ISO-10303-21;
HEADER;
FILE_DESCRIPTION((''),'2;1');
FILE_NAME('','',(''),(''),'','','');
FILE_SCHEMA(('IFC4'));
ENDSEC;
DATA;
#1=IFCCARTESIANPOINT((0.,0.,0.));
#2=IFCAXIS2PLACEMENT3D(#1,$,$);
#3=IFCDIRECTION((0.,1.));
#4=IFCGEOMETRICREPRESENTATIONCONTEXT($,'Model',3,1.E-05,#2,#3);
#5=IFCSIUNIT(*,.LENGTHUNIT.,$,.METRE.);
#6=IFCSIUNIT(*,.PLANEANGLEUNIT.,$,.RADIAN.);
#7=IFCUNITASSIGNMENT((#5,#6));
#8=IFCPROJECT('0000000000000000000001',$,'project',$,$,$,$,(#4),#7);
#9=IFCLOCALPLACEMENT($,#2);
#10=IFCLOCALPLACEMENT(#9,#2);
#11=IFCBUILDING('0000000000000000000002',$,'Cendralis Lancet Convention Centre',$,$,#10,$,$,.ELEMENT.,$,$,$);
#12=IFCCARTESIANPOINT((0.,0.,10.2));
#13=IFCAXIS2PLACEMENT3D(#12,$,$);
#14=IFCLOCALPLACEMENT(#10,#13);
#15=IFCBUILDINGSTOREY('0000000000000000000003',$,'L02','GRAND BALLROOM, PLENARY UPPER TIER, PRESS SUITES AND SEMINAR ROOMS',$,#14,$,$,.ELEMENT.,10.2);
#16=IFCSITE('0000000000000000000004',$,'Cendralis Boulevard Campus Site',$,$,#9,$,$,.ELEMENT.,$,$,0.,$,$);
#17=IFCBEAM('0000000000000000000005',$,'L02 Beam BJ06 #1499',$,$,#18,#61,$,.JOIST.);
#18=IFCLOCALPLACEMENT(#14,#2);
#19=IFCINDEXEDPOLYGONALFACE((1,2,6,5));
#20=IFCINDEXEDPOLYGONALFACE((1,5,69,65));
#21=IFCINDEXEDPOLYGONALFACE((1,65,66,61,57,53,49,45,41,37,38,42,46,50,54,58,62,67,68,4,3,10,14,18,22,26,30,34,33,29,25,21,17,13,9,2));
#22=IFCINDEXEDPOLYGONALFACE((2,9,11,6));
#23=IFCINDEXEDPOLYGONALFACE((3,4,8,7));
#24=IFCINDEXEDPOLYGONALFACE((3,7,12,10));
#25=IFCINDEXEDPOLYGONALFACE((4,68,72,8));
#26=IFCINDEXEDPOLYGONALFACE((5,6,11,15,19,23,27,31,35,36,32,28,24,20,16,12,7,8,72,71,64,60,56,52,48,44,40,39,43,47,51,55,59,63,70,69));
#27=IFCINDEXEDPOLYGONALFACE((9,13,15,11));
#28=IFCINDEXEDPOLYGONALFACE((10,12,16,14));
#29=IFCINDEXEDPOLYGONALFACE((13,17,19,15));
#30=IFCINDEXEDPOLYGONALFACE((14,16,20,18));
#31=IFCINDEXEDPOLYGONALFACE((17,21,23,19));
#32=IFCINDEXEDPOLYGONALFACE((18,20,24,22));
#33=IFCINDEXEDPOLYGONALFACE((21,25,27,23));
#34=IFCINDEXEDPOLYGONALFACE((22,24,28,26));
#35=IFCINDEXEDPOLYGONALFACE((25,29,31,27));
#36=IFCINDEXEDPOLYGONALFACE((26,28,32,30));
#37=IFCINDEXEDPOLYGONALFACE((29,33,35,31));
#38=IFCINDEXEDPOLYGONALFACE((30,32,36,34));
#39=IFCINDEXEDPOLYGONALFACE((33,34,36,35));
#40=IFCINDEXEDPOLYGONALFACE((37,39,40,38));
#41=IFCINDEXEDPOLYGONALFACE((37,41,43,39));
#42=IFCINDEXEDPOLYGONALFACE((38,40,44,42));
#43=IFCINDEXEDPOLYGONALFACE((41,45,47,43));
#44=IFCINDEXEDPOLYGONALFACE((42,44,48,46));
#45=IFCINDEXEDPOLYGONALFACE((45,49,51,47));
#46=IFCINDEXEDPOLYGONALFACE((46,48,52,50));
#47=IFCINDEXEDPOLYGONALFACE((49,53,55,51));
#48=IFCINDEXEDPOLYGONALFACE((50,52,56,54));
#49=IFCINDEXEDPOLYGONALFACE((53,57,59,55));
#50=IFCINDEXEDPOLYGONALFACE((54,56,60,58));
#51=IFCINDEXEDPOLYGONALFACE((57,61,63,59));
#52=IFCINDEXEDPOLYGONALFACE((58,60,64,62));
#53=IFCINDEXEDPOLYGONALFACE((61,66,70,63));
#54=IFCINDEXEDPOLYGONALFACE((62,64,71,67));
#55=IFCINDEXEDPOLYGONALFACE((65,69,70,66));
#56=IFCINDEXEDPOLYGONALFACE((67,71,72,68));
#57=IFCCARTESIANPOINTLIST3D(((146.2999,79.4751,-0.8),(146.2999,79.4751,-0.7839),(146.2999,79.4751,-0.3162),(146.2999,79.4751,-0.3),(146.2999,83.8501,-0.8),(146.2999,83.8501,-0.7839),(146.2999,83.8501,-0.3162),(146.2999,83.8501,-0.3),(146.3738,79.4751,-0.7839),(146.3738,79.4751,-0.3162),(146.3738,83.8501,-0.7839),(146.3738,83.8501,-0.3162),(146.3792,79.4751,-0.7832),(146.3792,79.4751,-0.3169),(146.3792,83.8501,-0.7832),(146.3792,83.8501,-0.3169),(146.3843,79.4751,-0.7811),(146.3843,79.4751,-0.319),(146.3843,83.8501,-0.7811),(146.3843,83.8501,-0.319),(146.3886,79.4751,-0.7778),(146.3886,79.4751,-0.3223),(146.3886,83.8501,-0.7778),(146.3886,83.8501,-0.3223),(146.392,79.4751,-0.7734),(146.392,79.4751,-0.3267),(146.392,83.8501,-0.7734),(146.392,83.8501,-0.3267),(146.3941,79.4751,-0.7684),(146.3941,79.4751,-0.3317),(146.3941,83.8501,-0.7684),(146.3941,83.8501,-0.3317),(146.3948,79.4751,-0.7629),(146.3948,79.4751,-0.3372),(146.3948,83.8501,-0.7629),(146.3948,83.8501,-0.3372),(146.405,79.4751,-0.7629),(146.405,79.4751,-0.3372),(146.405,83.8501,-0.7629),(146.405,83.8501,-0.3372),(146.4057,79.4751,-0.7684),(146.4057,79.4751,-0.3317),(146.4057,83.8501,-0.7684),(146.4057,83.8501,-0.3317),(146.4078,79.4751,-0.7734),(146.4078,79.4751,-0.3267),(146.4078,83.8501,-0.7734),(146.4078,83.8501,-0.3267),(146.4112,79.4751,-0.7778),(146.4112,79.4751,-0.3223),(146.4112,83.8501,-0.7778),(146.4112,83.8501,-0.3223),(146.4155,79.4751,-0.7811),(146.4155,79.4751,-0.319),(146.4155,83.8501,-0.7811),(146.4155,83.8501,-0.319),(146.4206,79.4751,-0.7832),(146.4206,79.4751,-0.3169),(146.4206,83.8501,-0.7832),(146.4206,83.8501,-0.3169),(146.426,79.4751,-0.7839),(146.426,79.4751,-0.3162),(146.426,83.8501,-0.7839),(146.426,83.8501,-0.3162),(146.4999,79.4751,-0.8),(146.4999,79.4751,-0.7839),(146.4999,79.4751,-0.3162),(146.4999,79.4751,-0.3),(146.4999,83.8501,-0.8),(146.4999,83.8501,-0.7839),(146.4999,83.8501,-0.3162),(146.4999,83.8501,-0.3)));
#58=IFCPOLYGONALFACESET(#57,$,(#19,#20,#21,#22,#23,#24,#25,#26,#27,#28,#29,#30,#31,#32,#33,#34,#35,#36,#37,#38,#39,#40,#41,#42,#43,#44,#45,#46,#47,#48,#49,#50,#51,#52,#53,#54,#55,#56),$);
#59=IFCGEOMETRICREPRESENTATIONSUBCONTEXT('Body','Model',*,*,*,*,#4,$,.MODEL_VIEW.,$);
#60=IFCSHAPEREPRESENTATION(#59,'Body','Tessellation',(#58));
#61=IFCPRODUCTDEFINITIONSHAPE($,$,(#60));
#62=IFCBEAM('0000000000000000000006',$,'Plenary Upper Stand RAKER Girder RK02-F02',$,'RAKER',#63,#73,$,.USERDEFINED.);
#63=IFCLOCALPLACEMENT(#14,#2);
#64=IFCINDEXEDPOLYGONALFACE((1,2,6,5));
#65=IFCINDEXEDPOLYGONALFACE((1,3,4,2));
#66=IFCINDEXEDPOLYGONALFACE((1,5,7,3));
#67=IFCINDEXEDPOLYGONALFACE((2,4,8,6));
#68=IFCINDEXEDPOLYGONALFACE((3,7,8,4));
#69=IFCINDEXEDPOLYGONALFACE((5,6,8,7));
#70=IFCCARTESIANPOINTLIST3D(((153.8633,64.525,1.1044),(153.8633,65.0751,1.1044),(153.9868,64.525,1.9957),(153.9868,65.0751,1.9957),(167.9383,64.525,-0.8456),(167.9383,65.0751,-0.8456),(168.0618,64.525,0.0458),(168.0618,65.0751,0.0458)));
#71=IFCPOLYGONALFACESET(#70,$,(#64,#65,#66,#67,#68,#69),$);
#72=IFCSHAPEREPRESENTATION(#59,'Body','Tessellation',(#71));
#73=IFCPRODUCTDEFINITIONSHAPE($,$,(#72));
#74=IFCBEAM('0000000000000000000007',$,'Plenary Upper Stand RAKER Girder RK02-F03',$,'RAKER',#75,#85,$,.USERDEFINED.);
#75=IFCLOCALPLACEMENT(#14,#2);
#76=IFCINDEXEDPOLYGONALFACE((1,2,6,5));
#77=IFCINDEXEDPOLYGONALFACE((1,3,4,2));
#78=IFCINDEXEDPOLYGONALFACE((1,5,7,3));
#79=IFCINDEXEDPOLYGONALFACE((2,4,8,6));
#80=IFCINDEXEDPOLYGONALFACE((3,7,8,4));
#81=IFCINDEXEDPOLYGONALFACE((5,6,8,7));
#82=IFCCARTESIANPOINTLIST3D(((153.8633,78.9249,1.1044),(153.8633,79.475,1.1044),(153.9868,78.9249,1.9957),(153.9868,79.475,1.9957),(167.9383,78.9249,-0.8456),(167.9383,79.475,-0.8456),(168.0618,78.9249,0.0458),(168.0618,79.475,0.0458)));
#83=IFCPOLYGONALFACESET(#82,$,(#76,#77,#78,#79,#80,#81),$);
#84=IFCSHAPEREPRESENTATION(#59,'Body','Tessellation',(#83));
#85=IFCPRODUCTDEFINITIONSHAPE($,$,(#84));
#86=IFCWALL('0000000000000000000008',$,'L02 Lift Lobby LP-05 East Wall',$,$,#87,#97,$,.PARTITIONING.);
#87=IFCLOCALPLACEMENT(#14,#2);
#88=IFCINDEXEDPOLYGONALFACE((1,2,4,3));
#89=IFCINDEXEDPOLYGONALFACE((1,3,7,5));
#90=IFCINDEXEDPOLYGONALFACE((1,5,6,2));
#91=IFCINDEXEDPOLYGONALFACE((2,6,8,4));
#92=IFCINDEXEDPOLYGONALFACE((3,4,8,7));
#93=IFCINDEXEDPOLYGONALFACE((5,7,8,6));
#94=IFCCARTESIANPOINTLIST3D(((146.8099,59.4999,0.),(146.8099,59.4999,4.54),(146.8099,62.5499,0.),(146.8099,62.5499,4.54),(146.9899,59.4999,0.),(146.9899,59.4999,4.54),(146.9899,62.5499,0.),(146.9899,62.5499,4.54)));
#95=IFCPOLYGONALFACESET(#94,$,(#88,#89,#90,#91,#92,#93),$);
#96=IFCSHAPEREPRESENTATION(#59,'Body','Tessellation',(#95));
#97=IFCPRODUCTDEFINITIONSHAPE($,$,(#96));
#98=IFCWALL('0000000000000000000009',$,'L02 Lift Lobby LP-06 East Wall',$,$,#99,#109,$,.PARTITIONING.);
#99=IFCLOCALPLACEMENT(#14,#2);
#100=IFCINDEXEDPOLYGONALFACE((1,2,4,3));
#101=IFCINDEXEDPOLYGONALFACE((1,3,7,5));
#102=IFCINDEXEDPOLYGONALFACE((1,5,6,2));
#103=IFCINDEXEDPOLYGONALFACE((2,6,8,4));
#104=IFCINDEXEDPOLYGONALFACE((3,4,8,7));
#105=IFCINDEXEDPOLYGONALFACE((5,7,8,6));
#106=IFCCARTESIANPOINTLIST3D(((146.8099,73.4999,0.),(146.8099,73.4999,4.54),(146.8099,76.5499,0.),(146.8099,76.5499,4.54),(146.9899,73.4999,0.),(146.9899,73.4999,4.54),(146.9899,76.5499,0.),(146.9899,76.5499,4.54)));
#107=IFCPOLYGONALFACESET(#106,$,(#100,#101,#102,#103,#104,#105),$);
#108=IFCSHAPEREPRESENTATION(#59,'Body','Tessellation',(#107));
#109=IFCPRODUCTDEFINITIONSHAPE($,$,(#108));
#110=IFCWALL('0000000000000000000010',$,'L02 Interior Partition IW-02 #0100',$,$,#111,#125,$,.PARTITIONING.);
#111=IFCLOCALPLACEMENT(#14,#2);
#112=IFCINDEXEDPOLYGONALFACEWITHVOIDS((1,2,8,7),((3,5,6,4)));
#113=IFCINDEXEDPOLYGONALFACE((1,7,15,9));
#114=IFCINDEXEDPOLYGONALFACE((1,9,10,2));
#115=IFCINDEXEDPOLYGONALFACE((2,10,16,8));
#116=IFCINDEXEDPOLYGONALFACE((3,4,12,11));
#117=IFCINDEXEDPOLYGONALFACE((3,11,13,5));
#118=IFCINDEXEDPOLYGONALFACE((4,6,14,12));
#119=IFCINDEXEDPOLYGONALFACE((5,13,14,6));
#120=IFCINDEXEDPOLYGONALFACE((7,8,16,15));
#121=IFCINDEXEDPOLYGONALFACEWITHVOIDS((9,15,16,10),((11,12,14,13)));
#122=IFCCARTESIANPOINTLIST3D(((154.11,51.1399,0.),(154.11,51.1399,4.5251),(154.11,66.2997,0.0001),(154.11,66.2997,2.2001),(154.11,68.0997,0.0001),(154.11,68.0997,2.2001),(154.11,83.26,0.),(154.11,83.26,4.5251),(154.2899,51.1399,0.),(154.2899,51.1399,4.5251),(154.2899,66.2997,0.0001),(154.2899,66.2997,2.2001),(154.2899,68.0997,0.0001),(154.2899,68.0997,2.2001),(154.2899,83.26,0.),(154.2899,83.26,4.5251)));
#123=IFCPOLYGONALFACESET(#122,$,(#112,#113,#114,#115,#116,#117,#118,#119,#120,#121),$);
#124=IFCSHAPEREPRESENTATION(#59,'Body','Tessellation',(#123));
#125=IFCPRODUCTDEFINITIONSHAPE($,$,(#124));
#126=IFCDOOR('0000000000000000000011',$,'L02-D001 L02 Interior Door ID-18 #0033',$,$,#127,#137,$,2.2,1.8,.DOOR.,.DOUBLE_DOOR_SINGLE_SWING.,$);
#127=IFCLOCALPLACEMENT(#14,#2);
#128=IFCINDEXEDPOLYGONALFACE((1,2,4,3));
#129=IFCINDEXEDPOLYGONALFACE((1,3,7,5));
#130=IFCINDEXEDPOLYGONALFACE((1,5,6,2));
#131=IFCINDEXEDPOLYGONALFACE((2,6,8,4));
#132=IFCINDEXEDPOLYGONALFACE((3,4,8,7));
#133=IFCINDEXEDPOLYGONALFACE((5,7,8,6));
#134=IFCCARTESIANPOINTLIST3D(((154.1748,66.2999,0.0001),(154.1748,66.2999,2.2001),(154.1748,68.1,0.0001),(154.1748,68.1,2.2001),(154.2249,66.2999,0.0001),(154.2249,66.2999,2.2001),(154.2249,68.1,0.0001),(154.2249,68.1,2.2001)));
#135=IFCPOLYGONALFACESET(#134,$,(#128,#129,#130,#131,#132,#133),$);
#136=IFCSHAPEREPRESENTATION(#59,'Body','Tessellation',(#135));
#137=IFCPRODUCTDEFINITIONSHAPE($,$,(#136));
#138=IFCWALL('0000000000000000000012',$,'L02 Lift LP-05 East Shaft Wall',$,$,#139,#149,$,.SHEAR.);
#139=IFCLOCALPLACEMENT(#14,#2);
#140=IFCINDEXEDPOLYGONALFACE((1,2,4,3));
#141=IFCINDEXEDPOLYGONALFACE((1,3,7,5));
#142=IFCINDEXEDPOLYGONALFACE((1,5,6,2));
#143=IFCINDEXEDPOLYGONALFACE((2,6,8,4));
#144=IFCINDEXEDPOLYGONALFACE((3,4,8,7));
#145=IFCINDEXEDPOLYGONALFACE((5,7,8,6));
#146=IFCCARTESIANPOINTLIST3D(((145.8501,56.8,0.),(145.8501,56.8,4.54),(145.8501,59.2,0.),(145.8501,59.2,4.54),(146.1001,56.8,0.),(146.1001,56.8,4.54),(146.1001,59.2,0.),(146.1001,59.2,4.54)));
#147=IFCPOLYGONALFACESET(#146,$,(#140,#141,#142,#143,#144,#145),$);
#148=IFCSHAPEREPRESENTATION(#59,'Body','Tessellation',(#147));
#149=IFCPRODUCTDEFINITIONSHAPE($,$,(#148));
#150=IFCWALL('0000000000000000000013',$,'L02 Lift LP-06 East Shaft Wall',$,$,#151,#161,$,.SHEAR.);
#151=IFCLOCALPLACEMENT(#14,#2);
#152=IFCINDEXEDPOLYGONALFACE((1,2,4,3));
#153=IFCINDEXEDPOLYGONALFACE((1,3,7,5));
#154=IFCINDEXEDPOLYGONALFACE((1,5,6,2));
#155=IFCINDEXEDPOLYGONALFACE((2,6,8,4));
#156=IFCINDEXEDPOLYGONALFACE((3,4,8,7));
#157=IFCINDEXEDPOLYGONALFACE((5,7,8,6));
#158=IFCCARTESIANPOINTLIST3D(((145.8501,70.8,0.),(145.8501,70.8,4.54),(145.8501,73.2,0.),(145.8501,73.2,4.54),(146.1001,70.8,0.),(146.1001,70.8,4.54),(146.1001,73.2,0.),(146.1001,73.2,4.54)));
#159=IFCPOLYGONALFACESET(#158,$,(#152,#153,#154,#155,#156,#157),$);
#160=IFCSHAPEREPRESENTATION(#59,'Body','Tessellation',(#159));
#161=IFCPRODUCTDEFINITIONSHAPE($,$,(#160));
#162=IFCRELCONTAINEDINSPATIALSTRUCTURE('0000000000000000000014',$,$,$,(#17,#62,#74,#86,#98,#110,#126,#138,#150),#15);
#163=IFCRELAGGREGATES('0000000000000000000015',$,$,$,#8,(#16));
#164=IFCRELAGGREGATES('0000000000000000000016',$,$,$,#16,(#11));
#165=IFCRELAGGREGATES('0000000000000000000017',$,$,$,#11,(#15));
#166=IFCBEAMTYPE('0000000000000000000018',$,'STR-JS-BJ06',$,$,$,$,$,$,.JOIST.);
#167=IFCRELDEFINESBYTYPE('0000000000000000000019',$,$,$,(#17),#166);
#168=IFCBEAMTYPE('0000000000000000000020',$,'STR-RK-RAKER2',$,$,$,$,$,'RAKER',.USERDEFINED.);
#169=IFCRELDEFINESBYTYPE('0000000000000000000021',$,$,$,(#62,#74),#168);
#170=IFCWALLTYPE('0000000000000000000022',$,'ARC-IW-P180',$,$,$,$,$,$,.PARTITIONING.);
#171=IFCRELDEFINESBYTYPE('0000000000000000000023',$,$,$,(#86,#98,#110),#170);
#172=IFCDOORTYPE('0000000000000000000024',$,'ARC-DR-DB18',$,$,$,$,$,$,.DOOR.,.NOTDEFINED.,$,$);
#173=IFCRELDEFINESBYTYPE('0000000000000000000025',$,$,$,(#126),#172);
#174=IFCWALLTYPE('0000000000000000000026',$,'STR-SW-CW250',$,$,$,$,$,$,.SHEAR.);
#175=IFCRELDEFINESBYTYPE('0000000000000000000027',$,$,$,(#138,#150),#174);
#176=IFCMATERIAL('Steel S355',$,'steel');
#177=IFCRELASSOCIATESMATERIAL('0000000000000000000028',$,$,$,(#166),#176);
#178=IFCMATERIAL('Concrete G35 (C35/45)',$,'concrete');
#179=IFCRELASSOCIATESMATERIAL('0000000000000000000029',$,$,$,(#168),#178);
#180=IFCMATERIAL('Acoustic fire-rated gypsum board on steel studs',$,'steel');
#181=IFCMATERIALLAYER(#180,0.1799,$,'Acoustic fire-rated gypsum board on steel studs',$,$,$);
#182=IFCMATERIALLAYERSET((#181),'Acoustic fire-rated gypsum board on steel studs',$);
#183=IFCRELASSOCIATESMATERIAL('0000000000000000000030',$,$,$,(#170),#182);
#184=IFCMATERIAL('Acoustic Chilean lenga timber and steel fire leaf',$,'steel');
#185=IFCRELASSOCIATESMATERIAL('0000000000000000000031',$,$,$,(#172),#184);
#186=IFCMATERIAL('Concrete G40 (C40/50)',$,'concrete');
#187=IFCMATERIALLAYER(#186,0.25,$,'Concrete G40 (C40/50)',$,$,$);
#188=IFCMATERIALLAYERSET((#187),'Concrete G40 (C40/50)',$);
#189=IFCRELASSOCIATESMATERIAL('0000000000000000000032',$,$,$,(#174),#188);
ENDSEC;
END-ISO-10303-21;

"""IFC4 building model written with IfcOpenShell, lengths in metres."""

from ifc_helpers import new_model, si_unit, direction, frame, frame_2d, origin, origin_2d, place, context, subcontext, project, spatial, rectangle, i_section, extrude, material, layer, layer_set, material_profile, profile_set, type_object, element, fill, save


model = new_model("IFC4")

# Units and contexts
model_context = context("Model", 3, precision=1e-05, world=origin(), true_north=direction((0.0, 1.0)))
body_context = subcontext(model_context, "Body", "Model", "MODEL_VIEW")
ifc_project = project(units=[si_unit("LENGTHUNIT", "METRE"), si_unit("PLANEANGLEUNIT", "RADIAN")], contexts=[model_context])

# Site, building, storey
site_placement = place(None, origin())
site = spatial("IfcSite", under=ifc_project, at=site_placement, Name="Cendralis Boulevard Campus Site", CompositionType="ELEMENT", RefElevation=0.0)
building_placement = place(site_placement, origin())
building = spatial("IfcBuilding", under=site, at=building_placement, Name="Cendralis Lancet Convention Centre", CompositionType="ELEMENT")
storey_placement = place(building_placement, frame((0.0, 0.0, 10.2)))
storey = spatial("IfcBuildingStorey", under=building, at=storey_placement, Name="L02", Description="GRAND BALLROOM, PLENARY UPPER TIER, PRESS SUITES AND SEMINAR ROOMS", CompositionType="ELEMENT", Elevation=10.2)

# Shared definitions
ifc_material_1 = material(Name="Steel S355", Category="steel")

# Beams
ifc_material_profile_1 = material_profile(ifc_material_1, i_section(OverallWidth=0.2, OverallDepth=0.5, WebThickness=0.0103, FlangeThickness=0.0161, FilletRadius=0.021, at=origin_2d()), Name="IPE 500")
ifc_profile_set_1 = profile_set([ifc_material_profile_1], Name="Steel S355")
beam_type_1 = type_object("IfcBeamType", Name="STR-JS-BJ06", PredefinedType="JOIST", material=ifc_profile_set_1)
beam_1_placement = place(storey_placement, frame((146.3999, 79.4751, -0.55), z_axis=(0.0, 1.0, 0.0), x_axis=(-1.0, 0.0, 0.0)))
element("IfcBeam", 1, at=beam_1_placement, inside=storey, type_object=beam_type_1, Name="L02 Beam BJ06 #1499", PredefinedType="JOIST", context=body_context, shape_type="SweptSolid", body=[
    extrude(i_section(OverallWidth=0.2, OverallDepth=0.5, WebThickness=0.0103, FlangeThickness=0.0161, FilletRadius=0.021, at=origin_2d()), origin(), (0.0, 0.0, 1.0), 4.375),
])
ifc_material_2 = material(Name="Concrete G35 (C35/45)", Category="concrete")
ifc_material_profile_2 = material_profile(ifc_material_2, rectangle(XDim=0.55, YDim=0.8999, at=origin_2d()), Name="RCB 550x900")
ifc_profile_set_2 = profile_set([ifc_material_profile_2], Name="Concrete G35 (C35/45)")
beam_type_2 = type_object("IfcBeamType", Name="STR-RK-RAKER2", ElementType="RAKER", PredefinedType="USERDEFINED", material=ifc_profile_set_2)
for number, where, z_axis, x_axis, name in (
    (2, (153.925, 64.8, 1.55), (0.990539, 0.0, -0.13723), (0.0, 1.0, 0.0), "Plenary Upper Stand RAKER Girder RK02-F02"),
    (3, (153.925, 79.2, 1.55), (0.990539, 0.0, -0.13723), (0.0, 1.0, 0.0), "Plenary Upper Stand RAKER Girder RK02-F03"),
):
    element("IfcBeam", number, at=place(storey_placement, frame(where, z_axis=z_axis, x_axis=x_axis)), inside=storey, type_object=beam_type_2, Name=name, ObjectType="RAKER", PredefinedType="USERDEFINED", context=body_context, shape_type="SweptSolid", body=[
        extrude(rectangle(XDim=0.55, YDim=0.8999, at=origin_2d()), origin(), (0.0, 0.0, 1.0), 14.2095),
    ])

# Walls
ifc_material_3 = material(Name="Acoustic fire-rated gypsum board on steel studs", Category="steel")
ifc_layer_1 = layer(ifc_material_3, 0.1799, Name="Acoustic fire-rated gypsum board on steel studs")
ifc_layer_set_1 = layer_set([ifc_layer_1], Name="Acoustic fire-rated gypsum board on steel studs")
wall_type_1 = type_object("IfcWallType", Name="ARC-IW-P180", PredefinedType="PARTITIONING", material=ifc_layer_set_1)
for number, where, z_axis, x_axis, name in (
    (4, (146.8999, 59.5, 0.0), (0.0, 0.0, 1.0), (0.0, 1.0, 0.0), "L02 Lift Lobby LP-05 East Wall"),
    (5, (146.8999, 73.5, 0.0), (0.0, 0.0, 1.0), (0.0, 1.0, 0.0), "L02 Lift Lobby LP-06 East Wall"),
):
    element("IfcWall", number, at=place(storey_placement, frame(where, z_axis=z_axis, x_axis=x_axis)), inside=storey, type_object=wall_type_1, Name=name, PredefinedType="PARTITIONING", context=body_context, shape_type="SweptSolid", body=[
        extrude(rectangle(XDim=3.05, YDim=0.1799, at=frame_2d((1.5249, 0.0))), origin(), (0.0, 0.0, 1.0), 4.54),
    ])

# Wall, opening, door
wall_placement = place(storey_placement, frame((154.2, 51.1399, 0.0), z_axis=(0.0, 0.0, 1.0), x_axis=(0.0, 1.0, 0.0)))
wall = element("IfcWall", 6, at=wall_placement, inside=storey, type_object=wall_type_1, Name="L02 Interior Partition IW-02 #0100", PredefinedType="PARTITIONING", context=body_context, shape_type="SweptSolid", body=[
    extrude(rectangle(XDim=32.1201, YDim=0.1799, at=frame_2d((16.0601, 0.0))), origin(), (0.0, 0.0, 1.0), 4.5251),
])
opening_placement = place(wall_placement, frame((15.1599, 0.0, 0.0)))
opening = element("IfcOpeningElement", 7, at=opening_placement, cuts=wall, PredefinedType="OPENING", context=body_context, shape_type="SweptSolid", body=[
    extrude(rectangle(XDim=1.8, YDim=2.2, at=frame_2d((0.8999, 1.1001))), frame((0.0, 0.0999, 0.0), z_axis=(0.0, -1.0, 0.0), x_axis=(1.0, 0.0, 0.0)), (0.0, 0.0, 1.0), 0.2),
])
ifc_material_4 = material(Name="Acoustic Chilean lenga timber and steel fire leaf", Category="steel")
door_type = type_object("IfcDoorType", Name="ARC-DR-DB18", OperationType="NOTDEFINED", PredefinedType="DOOR", material=ifc_material_4)
door_placement = place(opening_placement, frame((1.8, 0.0, 0.0), z_axis=(0.0, 0.0, 1.0), x_axis=(-1.0, 0.0, 0.0)))
door = element("IfcDoor", 8, at=door_placement, inside=storey, type_object=door_type, Name="L02-D001 L02 Interior Door ID-18 #0033", OperationType="DOUBLE_DOOR_SINGLE_SWING", OverallHeight=2.2, OverallWidth=1.8, PredefinedType="DOOR", context=body_context, shape_type="SweptSolid", body=[
    extrude(rectangle(XDim=1.8, YDim=2.2, at=frame_2d((0.8999, 1.1001))), frame((0.0, 0.0249, 0.0), z_axis=(0.0, -1.0, 0.0), x_axis=(1.0, 0.0, 0.0)), (0.0, 0.0, 1.0), 0.05),
])
fill(opening, door)

# Walls
ifc_material_5 = material(Name="Concrete G40 (C40/50)", Category="concrete")
ifc_layer_2 = layer(ifc_material_5, 0.25, Name="Concrete G40 (C40/50)")
ifc_layer_set_2 = layer_set([ifc_layer_2], Name="Concrete G40 (C40/50)")
wall_type_2 = type_object("IfcWallType", Name="STR-SW-CW250", PredefinedType="SHEAR", material=ifc_layer_set_2)
for number, where, z_axis, x_axis, name in (
    (9, (145.9751, 56.8, 0.0), (0.0, 0.0, 1.0), (0.0, 1.0, 0.0), "L02 Lift LP-05 East Shaft Wall"),
    (10, (145.9751, 70.8, 0.0), (0.0, 0.0, 1.0), (0.0, 1.0, 0.0), "L02 Lift LP-06 East Shaft Wall"),
):
    element("IfcWall", number, at=place(storey_placement, frame(where, z_axis=z_axis, x_axis=x_axis)), inside=storey, type_object=wall_type_2, Name=name, PredefinedType="SHEAR", context=body_context, shape_type="SweptSolid", body=[
        extrude(rectangle(XDim=2.3999, YDim=0.25, at=frame_2d((1.2, 0.0))), origin(), (0.0, 0.0, 1.0), 4.54),
    ])

save(model, "model.ifc")
